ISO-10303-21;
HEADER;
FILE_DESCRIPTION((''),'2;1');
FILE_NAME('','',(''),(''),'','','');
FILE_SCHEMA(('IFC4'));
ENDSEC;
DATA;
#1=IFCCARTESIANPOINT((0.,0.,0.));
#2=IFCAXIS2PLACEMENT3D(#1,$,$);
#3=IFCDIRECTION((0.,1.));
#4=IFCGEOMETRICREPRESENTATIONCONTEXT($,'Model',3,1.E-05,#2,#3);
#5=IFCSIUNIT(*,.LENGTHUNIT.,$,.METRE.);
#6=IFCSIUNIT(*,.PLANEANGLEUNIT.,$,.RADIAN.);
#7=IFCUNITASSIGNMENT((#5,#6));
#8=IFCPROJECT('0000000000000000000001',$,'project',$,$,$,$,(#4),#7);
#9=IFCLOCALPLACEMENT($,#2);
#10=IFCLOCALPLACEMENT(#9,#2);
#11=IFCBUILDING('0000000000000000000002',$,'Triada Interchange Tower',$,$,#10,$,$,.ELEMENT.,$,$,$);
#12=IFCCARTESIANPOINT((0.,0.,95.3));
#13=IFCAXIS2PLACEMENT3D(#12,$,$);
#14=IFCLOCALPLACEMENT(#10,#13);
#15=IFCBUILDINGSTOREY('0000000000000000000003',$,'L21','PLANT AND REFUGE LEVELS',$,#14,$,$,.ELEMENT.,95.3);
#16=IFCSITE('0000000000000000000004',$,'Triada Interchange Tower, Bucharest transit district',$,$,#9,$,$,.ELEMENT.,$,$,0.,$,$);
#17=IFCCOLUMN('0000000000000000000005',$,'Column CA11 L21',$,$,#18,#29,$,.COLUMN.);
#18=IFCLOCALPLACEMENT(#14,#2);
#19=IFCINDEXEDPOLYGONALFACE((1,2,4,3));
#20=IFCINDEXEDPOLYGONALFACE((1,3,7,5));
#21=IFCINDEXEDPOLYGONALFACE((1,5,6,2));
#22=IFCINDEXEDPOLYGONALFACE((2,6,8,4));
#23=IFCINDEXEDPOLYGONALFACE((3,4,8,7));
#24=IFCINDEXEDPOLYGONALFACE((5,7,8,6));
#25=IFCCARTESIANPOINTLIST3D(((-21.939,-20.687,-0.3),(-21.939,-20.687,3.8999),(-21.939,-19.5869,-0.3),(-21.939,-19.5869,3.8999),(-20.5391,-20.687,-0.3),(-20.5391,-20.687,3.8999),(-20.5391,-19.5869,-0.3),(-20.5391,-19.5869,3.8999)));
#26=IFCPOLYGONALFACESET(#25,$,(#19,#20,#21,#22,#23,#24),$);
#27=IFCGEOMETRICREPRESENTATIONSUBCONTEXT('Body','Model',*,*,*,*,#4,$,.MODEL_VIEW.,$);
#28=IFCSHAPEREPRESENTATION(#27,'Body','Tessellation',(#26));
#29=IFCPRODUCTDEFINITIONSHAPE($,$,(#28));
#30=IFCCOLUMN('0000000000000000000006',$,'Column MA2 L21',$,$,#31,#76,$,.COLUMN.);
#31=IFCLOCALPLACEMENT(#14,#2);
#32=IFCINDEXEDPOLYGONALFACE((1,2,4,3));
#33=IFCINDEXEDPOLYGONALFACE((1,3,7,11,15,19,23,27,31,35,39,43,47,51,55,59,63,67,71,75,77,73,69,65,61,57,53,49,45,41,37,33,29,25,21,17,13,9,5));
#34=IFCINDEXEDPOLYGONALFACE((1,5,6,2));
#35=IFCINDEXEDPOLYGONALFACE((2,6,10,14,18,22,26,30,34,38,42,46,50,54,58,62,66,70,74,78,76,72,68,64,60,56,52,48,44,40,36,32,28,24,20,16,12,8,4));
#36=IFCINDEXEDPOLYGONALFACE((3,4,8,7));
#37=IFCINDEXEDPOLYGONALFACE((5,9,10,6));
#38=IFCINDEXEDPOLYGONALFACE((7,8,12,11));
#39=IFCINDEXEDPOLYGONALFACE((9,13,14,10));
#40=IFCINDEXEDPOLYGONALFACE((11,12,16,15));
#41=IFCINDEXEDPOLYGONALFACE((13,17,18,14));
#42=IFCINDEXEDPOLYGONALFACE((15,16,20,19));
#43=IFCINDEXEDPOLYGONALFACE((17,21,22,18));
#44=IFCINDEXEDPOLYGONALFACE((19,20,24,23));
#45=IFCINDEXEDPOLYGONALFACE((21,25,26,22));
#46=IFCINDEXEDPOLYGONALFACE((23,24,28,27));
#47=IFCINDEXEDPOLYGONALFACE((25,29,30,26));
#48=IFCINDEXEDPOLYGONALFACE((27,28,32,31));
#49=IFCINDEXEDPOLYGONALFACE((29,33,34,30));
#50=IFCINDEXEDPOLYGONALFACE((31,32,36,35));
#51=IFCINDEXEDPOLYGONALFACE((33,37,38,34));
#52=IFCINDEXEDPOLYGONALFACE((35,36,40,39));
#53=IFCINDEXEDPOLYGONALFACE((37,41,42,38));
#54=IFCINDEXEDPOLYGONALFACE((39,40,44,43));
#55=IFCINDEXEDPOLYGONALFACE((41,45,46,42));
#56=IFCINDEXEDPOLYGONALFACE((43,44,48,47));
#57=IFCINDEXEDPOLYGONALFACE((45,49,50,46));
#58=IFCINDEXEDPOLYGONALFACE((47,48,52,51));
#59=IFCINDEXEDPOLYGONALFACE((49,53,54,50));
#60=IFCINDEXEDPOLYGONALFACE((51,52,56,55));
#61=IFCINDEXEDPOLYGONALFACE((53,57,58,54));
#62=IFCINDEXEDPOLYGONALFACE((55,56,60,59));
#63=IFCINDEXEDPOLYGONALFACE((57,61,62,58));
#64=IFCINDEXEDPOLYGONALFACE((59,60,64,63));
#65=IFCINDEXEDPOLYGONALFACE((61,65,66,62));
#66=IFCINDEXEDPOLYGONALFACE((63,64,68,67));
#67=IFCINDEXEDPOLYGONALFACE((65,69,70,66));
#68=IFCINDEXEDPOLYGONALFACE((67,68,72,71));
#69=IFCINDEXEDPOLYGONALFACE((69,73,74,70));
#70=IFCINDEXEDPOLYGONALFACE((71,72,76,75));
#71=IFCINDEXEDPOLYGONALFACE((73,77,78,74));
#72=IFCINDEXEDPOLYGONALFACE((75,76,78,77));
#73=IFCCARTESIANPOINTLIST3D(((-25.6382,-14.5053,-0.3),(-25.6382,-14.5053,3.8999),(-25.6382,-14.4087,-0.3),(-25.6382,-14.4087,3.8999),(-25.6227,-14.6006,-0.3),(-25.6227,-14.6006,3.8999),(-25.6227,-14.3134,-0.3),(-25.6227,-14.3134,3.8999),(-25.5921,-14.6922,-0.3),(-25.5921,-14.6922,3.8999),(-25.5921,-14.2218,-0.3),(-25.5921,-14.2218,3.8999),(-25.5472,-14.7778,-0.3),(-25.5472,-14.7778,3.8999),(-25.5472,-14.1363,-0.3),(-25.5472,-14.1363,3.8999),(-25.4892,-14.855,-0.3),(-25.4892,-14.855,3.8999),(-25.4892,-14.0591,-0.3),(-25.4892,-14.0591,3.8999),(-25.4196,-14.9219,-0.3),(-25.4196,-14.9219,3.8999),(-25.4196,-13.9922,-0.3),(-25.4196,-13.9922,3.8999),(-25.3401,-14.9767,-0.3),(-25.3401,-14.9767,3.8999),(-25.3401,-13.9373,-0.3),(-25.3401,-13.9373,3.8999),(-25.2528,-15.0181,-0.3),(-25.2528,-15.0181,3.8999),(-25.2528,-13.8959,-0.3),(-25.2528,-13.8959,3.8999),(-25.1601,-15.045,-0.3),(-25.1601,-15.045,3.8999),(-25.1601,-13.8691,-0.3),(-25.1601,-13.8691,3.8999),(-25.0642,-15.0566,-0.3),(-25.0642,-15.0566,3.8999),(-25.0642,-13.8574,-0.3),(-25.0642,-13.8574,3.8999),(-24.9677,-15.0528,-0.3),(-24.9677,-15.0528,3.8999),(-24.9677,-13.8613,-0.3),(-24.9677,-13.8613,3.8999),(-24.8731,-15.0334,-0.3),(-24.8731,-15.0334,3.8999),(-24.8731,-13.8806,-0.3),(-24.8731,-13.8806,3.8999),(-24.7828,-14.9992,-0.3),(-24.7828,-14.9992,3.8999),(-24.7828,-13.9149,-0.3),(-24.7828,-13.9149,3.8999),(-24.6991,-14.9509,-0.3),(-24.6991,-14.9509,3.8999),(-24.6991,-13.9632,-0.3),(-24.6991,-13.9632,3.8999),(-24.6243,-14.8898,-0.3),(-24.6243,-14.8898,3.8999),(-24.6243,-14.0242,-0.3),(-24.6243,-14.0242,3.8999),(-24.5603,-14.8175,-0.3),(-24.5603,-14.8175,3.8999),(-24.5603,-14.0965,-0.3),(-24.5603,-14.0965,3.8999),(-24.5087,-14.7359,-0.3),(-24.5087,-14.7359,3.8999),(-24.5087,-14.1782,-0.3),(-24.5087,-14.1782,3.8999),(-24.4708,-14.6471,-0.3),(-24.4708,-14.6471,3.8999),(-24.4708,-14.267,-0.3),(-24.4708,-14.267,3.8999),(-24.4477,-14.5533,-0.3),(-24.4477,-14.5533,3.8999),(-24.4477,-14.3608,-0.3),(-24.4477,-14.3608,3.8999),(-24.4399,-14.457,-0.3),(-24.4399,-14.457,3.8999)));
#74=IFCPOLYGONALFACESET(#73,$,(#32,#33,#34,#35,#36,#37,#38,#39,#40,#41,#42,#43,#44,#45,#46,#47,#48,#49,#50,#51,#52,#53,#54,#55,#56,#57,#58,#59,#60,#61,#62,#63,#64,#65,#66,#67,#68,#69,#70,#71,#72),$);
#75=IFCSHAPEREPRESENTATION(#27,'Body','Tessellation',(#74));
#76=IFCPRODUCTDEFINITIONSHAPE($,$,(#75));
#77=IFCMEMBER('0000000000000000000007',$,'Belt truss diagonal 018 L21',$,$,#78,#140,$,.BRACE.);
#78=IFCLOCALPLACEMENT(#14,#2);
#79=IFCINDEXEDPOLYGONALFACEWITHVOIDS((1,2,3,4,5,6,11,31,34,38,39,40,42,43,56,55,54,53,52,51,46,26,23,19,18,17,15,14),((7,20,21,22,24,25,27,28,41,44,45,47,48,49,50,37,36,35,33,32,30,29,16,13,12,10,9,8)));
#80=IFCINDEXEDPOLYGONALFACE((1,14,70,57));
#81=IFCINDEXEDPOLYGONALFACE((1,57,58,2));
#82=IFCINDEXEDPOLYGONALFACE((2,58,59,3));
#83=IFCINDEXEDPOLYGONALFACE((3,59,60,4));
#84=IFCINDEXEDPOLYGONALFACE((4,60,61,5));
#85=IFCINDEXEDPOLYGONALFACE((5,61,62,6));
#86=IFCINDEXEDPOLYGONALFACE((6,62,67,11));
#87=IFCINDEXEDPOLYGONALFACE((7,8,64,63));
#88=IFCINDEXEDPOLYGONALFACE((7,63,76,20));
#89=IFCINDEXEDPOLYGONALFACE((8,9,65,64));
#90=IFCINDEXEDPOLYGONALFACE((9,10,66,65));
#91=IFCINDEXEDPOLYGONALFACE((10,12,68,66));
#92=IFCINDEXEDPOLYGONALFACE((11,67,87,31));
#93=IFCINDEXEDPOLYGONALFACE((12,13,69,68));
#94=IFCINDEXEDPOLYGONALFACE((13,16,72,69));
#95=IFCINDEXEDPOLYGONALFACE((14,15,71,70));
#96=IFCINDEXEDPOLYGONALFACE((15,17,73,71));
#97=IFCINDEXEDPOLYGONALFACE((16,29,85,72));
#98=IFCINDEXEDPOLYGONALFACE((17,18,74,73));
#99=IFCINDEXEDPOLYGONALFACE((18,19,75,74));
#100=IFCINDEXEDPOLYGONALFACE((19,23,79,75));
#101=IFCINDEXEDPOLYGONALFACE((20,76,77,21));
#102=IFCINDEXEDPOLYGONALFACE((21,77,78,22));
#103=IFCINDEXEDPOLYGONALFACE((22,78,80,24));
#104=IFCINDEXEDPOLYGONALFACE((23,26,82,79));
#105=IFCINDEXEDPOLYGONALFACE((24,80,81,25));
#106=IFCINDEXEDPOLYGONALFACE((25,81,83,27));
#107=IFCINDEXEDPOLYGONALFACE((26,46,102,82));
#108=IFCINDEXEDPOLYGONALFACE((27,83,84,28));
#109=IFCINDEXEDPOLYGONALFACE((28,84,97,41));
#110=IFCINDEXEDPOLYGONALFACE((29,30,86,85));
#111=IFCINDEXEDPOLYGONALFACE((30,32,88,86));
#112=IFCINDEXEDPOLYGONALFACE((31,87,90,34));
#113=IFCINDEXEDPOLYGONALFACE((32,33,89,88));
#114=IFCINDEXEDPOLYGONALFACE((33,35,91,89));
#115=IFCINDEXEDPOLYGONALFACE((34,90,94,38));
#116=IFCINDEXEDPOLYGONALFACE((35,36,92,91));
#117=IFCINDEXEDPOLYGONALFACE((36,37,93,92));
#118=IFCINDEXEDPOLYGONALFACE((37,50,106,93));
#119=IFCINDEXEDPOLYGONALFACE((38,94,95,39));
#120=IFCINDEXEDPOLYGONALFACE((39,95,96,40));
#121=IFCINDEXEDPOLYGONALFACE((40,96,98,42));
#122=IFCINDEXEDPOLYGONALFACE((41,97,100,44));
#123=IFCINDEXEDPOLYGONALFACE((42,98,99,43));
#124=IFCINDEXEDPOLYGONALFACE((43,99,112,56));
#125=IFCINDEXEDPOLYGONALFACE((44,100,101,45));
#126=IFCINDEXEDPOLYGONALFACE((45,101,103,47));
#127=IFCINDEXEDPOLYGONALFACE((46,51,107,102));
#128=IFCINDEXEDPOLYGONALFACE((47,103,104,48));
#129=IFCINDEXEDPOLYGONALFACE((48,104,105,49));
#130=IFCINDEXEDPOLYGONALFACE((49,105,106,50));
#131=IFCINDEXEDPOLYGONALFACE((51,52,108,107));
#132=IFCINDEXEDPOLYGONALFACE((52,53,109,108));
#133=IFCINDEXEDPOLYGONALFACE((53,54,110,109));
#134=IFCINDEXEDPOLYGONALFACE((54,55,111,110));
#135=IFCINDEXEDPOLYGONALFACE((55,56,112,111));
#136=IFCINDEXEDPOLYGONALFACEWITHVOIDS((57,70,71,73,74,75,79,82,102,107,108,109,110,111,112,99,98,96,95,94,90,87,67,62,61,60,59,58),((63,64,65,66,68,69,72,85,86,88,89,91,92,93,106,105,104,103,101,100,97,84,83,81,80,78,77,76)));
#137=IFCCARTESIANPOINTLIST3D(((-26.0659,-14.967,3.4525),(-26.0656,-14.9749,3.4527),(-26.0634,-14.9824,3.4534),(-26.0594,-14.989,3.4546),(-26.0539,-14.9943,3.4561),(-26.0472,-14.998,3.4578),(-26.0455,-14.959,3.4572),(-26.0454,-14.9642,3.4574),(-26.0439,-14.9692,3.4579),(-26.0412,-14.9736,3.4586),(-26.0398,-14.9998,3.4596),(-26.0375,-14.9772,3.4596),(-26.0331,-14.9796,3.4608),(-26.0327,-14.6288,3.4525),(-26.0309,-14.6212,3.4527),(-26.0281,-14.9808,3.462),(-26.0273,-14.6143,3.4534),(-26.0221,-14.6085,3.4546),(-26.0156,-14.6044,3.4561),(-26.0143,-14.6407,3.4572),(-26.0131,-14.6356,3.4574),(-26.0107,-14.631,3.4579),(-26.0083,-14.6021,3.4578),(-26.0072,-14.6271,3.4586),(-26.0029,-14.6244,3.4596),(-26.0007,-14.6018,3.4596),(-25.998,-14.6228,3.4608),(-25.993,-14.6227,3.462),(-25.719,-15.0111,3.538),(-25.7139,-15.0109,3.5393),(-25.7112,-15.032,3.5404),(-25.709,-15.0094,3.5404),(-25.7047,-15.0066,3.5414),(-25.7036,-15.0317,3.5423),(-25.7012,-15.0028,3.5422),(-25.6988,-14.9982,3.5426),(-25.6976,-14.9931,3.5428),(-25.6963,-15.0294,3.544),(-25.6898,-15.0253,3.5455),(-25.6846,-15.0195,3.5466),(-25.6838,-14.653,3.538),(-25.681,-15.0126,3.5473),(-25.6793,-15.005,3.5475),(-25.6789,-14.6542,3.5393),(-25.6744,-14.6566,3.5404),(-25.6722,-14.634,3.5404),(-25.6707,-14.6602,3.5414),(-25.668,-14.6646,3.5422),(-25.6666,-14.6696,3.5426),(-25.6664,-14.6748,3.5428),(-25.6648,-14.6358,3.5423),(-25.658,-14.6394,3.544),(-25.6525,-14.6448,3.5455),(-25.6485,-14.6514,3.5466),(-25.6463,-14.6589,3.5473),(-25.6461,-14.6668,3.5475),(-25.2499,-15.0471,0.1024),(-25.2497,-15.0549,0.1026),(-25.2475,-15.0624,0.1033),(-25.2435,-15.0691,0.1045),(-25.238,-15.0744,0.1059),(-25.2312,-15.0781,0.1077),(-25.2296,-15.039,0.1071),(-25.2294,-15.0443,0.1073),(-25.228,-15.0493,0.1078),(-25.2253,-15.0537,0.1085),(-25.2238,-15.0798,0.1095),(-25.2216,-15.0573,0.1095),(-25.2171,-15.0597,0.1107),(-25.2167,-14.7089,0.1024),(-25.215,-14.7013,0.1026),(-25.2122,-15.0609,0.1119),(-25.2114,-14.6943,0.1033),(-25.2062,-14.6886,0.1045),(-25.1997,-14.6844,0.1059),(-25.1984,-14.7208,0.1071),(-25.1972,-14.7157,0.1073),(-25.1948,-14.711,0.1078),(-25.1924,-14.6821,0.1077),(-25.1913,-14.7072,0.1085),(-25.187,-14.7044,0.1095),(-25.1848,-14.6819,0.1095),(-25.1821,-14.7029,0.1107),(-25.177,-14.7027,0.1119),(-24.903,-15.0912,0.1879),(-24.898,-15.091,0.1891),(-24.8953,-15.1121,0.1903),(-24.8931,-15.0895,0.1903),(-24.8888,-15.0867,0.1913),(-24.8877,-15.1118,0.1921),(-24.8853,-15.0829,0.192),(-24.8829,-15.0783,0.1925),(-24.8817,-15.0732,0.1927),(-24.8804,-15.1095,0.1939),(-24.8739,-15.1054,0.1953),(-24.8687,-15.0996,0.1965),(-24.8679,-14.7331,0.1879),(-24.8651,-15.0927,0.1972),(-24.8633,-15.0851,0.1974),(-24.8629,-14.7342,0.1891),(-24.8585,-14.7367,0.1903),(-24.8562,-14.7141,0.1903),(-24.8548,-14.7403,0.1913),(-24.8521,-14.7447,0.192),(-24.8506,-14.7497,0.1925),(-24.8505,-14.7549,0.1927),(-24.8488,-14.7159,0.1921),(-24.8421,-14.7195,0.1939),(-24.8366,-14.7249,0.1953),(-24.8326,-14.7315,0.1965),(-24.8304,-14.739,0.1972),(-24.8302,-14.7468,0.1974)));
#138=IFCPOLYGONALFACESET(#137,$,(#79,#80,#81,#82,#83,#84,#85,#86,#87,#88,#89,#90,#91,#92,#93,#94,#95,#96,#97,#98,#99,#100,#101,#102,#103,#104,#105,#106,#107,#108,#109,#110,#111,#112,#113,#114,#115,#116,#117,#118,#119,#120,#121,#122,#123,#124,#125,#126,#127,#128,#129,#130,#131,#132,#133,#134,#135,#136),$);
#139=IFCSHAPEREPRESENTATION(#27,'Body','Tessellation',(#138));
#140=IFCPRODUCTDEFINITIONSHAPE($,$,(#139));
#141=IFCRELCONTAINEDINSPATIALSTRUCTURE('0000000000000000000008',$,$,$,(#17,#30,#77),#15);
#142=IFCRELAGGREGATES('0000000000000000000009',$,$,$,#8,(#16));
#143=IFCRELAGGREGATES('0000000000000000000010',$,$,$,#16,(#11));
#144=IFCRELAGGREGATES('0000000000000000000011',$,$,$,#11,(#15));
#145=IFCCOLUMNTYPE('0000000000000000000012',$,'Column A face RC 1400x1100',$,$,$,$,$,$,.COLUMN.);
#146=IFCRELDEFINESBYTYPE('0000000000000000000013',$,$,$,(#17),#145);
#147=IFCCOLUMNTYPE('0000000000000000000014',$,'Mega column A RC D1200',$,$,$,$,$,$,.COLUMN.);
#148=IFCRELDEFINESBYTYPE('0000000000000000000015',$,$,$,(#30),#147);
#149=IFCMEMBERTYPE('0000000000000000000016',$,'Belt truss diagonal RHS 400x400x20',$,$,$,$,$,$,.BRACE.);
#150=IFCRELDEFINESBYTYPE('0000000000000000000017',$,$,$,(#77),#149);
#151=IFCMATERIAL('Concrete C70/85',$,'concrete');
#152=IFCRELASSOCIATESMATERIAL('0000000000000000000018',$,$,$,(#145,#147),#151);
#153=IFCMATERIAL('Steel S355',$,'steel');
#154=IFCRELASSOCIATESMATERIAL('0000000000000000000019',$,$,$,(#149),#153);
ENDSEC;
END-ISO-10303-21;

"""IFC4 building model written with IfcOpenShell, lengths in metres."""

from ifc_helpers import new_model, si_unit, direction, frame, origin, origin_2d, place, context, subcontext, project, spatial, rectangle, hollow_rectangle, circle, extrude, material, material_profile, profile_set, type_object, element, save


model = new_model("IFC4")

# Units and contexts
model_context = context("Model", 3, precision=1e-05, world=origin(), true_north=direction((0.0, 1.0)))
body_context = subcontext(model_context, "Body", "Model", "MODEL_VIEW")
ifc_project = project(units=[si_unit("LENGTHUNIT", "METRE"), si_unit("PLANEANGLEUNIT", "RADIAN")], contexts=[model_context])

# Site, building, storey
site_placement = place(None, origin())
site = spatial("IfcSite", under=ifc_project, at=site_placement, Name="Triada Interchange Tower, Bucharest transit district", CompositionType="ELEMENT", RefElevation=0.0)
building_placement = place(site_placement, origin())
building = spatial("IfcBuilding", under=site, at=building_placement, Name="Triada Interchange Tower", CompositionType="ELEMENT")
storey_placement = place(building_placement, frame((0.0, 0.0, 95.3)))
storey = spatial("IfcBuildingStorey", under=building, at=storey_placement, Name="L21", Description="PLANT AND REFUGE LEVELS", CompositionType="ELEMENT", Elevation=95.3)

# Columns
ifc_material_1 = material(Name="Concrete C70/85", Category="concrete")
ifc_material_profile_1 = material_profile(ifc_material_1, rectangle(XDim=1.3999, YDim=1.1001, at=origin_2d()), Name="RC 1400x1100")
ifc_profile_set_1 = profile_set([ifc_material_profile_1], Name="Concrete C70/85")
column_type_1 = type_object("IfcColumnType", Name="Column A face RC 1400x1100", PredefinedType="COLUMN", material=ifc_profile_set_1)
column_1_placement = place(storey_placement, frame((-21.239, -20.137, -0.3), z_axis=(0.0, 0.0, 1.0), x_axis=(1.0, 0.0, 0.0)))
element("IfcColumn", 1, at=column_1_placement, inside=storey, type_object=column_type_1, Name="Column CA11 L21", PredefinedType="COLUMN", context=body_context, shape_type="SweptSolid", body=[
    extrude(rectangle(XDim=1.3999, YDim=1.1001, at=origin_2d()), origin(), (0.0, 0.0, 1.0), 4.2),
])
ifc_material_profile_2 = material_profile(ifc_material_1, circle(Radius=0.6001, at=origin_2d()), Name="RC D1200")
ifc_profile_set_2 = profile_set([ifc_material_profile_2], Name="Concrete C70/85")
column_type_2 = type_object("IfcColumnType", Name="Mega column A RC D1200", PredefinedType="COLUMN", material=ifc_profile_set_2)
column_2_placement = place(storey_placement, frame((-25.04, -14.457, -0.3), z_axis=(0.0, 0.0, 1.0), x_axis=(1.0, 0.0, 0.0)))
element("IfcColumn", 2, at=column_2_placement, inside=storey, type_object=column_type_2, Name="Column MA2 L21", PredefinedType="COLUMN", context=body_context, shape_type="SweptSolid", body=[
    extrude(circle(Radius=0.6001, at=origin_2d()), origin(), (0.0, 0.0, 1.0), 4.2),
])

# Member
ifc_material_2 = material(Name="Steel S355", Category="steel")
ifc_material_profile_3 = material_profile(ifc_material_2, hollow_rectangle(XDim=0.3999, YDim=0.3999, WallThickness=0.02, InnerFilletRadius=0.02, OuterFilletRadius=0.03, at=origin_2d()), Name="RHS 400x400x20")
ifc_profile_set_3 = profile_set([ifc_material_profile_3], Name="Steel S355")
member_type_1 = type_object("IfcMemberType", Name="Belt truss diagonal RHS 400x400x20", PredefinedType="BRACE", material=ifc_profile_set_3)
member_1_placement = place(storey_placement, frame((-25.04, -14.897, 0.1499), z_axis=(-0.23657, 0.023218, 0.971337), x_axis=(-0.097676, -0.995218, 0.0)))
element("IfcMember", 3, at=member_1_placement, inside=storey, type_object=member_type_1, Name="Belt truss diagonal 018 L21", PredefinedType="BRACE", context=body_context, shape_type="SweptSolid", body=[
    extrude(hollow_rectangle(XDim=0.3999, YDim=0.3999, WallThickness=0.02, InnerFilletRadius=0.02, OuterFilletRadius=0.03, at=origin_2d()), origin(), (0.0, 0.0, 1.0), 3.449),
])

save(model, "model.ifc")
